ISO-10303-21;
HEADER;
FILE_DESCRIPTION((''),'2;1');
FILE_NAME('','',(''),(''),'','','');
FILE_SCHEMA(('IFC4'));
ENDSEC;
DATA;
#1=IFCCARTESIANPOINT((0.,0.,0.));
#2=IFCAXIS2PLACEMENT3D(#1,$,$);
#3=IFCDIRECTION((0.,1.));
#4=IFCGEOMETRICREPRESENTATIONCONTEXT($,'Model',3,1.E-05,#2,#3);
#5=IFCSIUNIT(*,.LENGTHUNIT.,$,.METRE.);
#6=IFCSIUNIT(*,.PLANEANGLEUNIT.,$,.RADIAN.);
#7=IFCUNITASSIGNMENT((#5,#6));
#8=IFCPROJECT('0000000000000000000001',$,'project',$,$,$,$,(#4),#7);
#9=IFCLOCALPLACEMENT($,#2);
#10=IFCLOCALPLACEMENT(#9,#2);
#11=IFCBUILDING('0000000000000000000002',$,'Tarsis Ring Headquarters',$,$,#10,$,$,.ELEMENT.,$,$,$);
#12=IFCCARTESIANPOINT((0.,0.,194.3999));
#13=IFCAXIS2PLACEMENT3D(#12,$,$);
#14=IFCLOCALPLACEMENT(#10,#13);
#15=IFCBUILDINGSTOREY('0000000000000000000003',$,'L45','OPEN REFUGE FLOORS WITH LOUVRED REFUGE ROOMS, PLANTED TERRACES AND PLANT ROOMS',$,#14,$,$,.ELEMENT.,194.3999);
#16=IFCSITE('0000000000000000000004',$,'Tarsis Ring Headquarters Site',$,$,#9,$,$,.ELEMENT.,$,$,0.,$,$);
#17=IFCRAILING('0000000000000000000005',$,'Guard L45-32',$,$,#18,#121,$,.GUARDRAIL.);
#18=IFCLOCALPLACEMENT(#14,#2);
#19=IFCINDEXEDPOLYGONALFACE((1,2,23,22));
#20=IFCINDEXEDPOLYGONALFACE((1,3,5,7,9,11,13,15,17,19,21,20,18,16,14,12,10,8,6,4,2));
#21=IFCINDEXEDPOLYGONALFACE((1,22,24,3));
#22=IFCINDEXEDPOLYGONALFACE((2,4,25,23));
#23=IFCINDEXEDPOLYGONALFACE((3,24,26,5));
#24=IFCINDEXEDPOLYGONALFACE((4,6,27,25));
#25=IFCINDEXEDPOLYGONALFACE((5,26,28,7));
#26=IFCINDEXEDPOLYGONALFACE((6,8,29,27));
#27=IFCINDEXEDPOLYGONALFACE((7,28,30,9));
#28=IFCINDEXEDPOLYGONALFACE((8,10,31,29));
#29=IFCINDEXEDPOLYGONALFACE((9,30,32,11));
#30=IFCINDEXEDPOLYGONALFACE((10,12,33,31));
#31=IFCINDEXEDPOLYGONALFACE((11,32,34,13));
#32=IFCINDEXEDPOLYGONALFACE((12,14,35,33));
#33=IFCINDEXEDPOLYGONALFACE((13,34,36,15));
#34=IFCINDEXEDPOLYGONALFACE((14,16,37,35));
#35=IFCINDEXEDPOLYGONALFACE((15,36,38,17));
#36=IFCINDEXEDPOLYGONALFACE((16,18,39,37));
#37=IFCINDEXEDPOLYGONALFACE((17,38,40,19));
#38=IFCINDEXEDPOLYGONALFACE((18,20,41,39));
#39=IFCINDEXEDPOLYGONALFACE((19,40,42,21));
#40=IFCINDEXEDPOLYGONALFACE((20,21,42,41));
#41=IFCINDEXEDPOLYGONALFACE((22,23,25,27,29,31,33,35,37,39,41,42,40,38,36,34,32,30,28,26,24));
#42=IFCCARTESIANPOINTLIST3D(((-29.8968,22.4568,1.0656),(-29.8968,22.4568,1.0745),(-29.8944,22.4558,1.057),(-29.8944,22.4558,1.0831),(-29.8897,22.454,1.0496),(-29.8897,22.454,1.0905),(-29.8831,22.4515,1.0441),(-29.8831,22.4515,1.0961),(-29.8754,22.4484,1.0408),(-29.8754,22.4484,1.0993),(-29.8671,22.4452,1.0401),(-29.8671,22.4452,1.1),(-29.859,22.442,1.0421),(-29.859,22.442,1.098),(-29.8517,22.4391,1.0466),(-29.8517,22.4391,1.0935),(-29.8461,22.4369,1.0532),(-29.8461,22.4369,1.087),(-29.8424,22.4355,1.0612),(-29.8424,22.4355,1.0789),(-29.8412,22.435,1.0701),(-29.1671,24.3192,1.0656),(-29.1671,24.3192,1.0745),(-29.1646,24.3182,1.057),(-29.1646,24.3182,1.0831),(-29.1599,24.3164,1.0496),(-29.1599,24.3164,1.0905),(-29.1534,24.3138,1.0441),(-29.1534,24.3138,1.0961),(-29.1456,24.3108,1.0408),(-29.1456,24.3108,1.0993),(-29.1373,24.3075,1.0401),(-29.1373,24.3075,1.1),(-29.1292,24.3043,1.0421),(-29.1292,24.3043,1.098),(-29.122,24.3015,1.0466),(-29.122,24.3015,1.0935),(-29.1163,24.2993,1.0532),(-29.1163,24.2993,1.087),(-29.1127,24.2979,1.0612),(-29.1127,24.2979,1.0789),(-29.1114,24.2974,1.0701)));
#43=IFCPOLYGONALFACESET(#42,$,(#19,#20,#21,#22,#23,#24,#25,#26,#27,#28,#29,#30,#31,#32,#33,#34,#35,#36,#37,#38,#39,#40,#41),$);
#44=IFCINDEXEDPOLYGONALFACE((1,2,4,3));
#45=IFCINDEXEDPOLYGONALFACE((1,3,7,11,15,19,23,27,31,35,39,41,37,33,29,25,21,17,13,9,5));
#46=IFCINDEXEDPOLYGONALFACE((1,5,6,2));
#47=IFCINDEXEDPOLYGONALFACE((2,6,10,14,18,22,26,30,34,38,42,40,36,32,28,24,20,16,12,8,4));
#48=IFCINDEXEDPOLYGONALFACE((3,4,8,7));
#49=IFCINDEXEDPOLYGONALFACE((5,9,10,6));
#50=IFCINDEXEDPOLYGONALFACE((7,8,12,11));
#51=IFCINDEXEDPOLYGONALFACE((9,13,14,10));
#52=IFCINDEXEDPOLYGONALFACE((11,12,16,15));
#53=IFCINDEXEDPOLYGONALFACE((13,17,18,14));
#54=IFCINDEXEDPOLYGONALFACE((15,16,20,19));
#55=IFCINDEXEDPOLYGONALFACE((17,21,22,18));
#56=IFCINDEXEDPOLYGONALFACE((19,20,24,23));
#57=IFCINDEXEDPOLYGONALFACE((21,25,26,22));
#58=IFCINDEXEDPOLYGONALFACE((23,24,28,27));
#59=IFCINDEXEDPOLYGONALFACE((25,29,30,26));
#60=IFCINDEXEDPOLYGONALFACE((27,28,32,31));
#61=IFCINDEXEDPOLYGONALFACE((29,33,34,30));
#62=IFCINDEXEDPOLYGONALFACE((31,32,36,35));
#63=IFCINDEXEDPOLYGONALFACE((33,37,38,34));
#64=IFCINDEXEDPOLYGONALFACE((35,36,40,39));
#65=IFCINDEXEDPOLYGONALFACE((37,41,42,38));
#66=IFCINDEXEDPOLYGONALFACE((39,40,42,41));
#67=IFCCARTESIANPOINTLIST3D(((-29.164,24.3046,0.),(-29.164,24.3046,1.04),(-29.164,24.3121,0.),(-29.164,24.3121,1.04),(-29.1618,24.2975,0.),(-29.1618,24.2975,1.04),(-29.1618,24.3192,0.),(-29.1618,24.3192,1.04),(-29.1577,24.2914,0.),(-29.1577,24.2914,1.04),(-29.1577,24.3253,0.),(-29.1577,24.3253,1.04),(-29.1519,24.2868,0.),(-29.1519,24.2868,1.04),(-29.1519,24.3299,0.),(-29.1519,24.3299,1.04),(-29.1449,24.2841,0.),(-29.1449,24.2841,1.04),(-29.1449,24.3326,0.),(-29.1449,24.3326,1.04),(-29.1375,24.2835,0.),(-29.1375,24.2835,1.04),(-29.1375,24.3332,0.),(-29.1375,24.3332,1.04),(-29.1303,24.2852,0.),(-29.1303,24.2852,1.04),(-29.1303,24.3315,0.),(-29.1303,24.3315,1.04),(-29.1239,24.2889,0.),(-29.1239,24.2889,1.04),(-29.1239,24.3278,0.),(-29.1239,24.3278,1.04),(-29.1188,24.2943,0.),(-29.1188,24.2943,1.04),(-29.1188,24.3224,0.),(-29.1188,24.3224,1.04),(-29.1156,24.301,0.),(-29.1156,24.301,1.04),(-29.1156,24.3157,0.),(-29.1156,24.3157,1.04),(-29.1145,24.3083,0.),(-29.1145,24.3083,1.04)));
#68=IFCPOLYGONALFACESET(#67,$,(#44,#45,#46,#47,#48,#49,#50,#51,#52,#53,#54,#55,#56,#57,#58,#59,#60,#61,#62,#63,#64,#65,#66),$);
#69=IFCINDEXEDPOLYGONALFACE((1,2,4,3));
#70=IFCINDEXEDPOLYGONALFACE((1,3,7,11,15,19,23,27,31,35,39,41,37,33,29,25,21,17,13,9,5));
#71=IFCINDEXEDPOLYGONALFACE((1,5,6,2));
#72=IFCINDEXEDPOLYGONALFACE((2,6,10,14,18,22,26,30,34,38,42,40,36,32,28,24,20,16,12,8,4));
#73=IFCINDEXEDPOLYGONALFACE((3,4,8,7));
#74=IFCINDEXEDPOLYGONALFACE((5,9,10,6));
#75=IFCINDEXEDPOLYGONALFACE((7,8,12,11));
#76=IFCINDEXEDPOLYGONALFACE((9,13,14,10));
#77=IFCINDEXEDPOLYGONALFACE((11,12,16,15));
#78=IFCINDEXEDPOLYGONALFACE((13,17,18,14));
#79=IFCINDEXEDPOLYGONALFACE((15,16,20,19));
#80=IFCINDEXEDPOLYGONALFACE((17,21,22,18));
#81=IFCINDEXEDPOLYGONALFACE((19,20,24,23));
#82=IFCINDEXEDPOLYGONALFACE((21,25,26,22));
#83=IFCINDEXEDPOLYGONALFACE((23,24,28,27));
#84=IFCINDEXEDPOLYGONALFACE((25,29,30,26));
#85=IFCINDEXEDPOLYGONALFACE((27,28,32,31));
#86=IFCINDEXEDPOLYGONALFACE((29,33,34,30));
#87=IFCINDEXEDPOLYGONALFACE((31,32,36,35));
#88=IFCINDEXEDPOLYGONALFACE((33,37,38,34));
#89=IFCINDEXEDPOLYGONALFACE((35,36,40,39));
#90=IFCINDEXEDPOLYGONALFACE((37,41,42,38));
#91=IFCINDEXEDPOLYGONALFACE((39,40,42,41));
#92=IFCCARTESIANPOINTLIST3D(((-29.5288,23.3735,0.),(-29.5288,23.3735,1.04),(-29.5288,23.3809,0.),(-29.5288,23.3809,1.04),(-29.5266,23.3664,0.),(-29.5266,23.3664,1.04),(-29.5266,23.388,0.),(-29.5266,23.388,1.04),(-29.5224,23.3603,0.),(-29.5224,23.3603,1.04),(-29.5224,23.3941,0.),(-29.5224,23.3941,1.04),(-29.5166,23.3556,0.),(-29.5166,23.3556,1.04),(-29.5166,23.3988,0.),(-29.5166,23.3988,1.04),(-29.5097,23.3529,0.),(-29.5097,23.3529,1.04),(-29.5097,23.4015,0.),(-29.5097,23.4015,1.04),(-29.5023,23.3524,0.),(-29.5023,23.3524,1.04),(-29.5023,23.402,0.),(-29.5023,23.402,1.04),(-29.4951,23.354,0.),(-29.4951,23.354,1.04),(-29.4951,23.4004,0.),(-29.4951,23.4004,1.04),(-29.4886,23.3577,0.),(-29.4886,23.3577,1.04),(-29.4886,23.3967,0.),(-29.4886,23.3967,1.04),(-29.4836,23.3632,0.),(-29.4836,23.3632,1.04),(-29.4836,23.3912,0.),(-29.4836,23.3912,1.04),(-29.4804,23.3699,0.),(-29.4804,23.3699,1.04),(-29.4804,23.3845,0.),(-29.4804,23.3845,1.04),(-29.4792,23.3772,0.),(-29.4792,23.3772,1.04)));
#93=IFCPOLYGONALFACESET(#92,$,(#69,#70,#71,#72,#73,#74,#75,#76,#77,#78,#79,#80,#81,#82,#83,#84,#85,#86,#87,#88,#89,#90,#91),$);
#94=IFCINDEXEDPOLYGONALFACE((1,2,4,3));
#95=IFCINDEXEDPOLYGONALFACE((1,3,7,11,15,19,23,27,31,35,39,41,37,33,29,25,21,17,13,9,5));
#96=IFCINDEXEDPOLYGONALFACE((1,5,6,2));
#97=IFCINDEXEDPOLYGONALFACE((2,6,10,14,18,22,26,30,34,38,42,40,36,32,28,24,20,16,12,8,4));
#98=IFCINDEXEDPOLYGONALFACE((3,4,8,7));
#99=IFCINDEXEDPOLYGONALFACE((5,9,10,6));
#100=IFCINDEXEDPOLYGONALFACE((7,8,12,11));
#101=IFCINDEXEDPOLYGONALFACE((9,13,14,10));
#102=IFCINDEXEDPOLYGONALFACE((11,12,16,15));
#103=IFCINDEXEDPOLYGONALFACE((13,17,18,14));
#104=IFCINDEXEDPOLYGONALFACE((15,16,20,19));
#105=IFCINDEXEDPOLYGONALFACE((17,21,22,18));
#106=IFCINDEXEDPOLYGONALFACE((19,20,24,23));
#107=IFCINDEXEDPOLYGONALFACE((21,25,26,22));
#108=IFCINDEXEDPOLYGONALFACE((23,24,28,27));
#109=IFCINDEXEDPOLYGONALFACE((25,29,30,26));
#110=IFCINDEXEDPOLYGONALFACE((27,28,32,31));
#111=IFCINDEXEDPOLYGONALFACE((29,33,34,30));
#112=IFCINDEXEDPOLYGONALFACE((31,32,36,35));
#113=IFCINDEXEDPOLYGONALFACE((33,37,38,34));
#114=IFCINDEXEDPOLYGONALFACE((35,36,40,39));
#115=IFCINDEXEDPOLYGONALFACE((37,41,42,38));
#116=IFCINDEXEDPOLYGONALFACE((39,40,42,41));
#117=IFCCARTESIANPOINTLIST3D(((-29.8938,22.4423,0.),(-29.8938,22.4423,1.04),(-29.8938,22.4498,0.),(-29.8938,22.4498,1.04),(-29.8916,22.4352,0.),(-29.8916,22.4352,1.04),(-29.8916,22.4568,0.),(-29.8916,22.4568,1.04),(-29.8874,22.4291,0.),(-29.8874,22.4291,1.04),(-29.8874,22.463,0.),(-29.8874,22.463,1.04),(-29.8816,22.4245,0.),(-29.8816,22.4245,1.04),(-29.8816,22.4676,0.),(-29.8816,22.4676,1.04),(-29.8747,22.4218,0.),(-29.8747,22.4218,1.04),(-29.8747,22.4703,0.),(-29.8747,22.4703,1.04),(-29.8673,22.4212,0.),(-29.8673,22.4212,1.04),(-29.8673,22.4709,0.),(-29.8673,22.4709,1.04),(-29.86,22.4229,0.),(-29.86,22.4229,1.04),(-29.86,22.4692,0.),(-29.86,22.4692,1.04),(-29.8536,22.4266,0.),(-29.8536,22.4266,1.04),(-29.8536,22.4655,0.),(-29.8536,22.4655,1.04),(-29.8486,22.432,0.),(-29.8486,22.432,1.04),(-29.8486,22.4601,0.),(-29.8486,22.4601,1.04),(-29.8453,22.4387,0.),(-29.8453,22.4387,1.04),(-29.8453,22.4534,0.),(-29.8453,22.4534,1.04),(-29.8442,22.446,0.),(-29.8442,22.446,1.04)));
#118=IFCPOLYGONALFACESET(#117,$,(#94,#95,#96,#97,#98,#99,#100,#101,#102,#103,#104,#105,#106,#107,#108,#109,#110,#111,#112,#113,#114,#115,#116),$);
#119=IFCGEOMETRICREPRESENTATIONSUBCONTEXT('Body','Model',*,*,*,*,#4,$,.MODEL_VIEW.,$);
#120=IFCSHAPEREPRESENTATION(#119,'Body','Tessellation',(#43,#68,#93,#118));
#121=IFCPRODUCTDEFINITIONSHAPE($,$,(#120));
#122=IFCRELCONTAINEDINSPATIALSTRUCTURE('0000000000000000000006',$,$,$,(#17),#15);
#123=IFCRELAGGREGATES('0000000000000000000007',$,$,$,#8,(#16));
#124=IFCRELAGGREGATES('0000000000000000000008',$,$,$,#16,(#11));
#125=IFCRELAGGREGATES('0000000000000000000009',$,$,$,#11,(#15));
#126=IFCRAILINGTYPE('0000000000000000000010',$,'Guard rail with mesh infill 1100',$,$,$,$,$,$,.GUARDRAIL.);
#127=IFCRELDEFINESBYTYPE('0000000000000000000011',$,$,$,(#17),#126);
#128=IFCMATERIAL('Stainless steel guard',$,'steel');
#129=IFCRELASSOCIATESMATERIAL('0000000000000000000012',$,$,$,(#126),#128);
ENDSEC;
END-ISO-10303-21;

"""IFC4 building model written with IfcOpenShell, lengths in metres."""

from ifc_helpers import new_model, si_unit, direction, frame, origin, origin_2d, place, context, subcontext, project, spatial, circle, extrude, material, type_object, element, save


model = new_model("IFC4")

# Units and contexts
model_context = context("Model", 3, precision=1e-05, world=origin(), true_north=direction((0.0, 1.0)))
body_context = subcontext(model_context, "Body", "Model", "MODEL_VIEW")
ifc_project = project(units=[si_unit("LENGTHUNIT", "METRE"), si_unit("PLANEANGLEUNIT", "RADIAN")], contexts=[model_context])

# Site, building, storey
site_placement = place(None, origin())
site = spatial("IfcSite", under=ifc_project, at=site_placement, Name="Tarsis Ring Headquarters Site", CompositionType="ELEMENT", RefElevation=0.0)
building_placement = place(site_placement, origin())
building = spatial("IfcBuilding", under=site, at=building_placement, Name="Tarsis Ring Headquarters", CompositionType="ELEMENT")
storey_placement = place(building_placement, frame((0.0, 0.0, 194.3999)))
storey = spatial("IfcBuildingStorey", under=building, at=storey_placement, Name="L45", Description="OPEN REFUGE FLOORS WITH LOUVRED REFUGE ROOMS, PLANTED TERRACES AND PLANT ROOMS", CompositionType="ELEMENT", Elevation=194.3999)

# Railing
ifc_material_1 = material(Name="Stainless steel guard", Category="steel")
railing_type_1 = type_object("IfcRailingType", Name="Guard rail with mesh infill 1100", PredefinedType="GUARDRAIL", material=ifc_material_1)
railing_1_placement = place(storey_placement, frame((-29.1394, 24.3083, 0.0)))
element("IfcRailing", 1, at=railing_1_placement, inside=storey, type_object=railing_type_1, Name="Guard L45-32", PredefinedType="GUARDRAIL", context=body_context, shape_type="SweptSolid", body=[
    extrude(circle(Radius=0.03, at=origin_2d()), frame((0.0, 0.0, 1.0701), z_axis=(-0.364837, -0.931072, 0.0), x_axis=(0.931072, -0.364837, 0.0)), (0.0, 0.0, 1.0), 2.0002),
    extrude(circle(Radius=0.0249, at=origin_2d()), origin(), (0.0, 0.0, 1.0), 1.04),
    extrude(circle(Radius=0.0249, at=origin_2d()), frame((-0.3647, -0.9312, 0.0)), (0.0, 0.0, 1.0), 1.04),
    extrude(circle(Radius=0.0249, at=origin_2d()), frame((-0.7297, -1.8623, 0.0)), (0.0, 0.0, 1.0), 1.04),
])

save(model, "model.ifc")
